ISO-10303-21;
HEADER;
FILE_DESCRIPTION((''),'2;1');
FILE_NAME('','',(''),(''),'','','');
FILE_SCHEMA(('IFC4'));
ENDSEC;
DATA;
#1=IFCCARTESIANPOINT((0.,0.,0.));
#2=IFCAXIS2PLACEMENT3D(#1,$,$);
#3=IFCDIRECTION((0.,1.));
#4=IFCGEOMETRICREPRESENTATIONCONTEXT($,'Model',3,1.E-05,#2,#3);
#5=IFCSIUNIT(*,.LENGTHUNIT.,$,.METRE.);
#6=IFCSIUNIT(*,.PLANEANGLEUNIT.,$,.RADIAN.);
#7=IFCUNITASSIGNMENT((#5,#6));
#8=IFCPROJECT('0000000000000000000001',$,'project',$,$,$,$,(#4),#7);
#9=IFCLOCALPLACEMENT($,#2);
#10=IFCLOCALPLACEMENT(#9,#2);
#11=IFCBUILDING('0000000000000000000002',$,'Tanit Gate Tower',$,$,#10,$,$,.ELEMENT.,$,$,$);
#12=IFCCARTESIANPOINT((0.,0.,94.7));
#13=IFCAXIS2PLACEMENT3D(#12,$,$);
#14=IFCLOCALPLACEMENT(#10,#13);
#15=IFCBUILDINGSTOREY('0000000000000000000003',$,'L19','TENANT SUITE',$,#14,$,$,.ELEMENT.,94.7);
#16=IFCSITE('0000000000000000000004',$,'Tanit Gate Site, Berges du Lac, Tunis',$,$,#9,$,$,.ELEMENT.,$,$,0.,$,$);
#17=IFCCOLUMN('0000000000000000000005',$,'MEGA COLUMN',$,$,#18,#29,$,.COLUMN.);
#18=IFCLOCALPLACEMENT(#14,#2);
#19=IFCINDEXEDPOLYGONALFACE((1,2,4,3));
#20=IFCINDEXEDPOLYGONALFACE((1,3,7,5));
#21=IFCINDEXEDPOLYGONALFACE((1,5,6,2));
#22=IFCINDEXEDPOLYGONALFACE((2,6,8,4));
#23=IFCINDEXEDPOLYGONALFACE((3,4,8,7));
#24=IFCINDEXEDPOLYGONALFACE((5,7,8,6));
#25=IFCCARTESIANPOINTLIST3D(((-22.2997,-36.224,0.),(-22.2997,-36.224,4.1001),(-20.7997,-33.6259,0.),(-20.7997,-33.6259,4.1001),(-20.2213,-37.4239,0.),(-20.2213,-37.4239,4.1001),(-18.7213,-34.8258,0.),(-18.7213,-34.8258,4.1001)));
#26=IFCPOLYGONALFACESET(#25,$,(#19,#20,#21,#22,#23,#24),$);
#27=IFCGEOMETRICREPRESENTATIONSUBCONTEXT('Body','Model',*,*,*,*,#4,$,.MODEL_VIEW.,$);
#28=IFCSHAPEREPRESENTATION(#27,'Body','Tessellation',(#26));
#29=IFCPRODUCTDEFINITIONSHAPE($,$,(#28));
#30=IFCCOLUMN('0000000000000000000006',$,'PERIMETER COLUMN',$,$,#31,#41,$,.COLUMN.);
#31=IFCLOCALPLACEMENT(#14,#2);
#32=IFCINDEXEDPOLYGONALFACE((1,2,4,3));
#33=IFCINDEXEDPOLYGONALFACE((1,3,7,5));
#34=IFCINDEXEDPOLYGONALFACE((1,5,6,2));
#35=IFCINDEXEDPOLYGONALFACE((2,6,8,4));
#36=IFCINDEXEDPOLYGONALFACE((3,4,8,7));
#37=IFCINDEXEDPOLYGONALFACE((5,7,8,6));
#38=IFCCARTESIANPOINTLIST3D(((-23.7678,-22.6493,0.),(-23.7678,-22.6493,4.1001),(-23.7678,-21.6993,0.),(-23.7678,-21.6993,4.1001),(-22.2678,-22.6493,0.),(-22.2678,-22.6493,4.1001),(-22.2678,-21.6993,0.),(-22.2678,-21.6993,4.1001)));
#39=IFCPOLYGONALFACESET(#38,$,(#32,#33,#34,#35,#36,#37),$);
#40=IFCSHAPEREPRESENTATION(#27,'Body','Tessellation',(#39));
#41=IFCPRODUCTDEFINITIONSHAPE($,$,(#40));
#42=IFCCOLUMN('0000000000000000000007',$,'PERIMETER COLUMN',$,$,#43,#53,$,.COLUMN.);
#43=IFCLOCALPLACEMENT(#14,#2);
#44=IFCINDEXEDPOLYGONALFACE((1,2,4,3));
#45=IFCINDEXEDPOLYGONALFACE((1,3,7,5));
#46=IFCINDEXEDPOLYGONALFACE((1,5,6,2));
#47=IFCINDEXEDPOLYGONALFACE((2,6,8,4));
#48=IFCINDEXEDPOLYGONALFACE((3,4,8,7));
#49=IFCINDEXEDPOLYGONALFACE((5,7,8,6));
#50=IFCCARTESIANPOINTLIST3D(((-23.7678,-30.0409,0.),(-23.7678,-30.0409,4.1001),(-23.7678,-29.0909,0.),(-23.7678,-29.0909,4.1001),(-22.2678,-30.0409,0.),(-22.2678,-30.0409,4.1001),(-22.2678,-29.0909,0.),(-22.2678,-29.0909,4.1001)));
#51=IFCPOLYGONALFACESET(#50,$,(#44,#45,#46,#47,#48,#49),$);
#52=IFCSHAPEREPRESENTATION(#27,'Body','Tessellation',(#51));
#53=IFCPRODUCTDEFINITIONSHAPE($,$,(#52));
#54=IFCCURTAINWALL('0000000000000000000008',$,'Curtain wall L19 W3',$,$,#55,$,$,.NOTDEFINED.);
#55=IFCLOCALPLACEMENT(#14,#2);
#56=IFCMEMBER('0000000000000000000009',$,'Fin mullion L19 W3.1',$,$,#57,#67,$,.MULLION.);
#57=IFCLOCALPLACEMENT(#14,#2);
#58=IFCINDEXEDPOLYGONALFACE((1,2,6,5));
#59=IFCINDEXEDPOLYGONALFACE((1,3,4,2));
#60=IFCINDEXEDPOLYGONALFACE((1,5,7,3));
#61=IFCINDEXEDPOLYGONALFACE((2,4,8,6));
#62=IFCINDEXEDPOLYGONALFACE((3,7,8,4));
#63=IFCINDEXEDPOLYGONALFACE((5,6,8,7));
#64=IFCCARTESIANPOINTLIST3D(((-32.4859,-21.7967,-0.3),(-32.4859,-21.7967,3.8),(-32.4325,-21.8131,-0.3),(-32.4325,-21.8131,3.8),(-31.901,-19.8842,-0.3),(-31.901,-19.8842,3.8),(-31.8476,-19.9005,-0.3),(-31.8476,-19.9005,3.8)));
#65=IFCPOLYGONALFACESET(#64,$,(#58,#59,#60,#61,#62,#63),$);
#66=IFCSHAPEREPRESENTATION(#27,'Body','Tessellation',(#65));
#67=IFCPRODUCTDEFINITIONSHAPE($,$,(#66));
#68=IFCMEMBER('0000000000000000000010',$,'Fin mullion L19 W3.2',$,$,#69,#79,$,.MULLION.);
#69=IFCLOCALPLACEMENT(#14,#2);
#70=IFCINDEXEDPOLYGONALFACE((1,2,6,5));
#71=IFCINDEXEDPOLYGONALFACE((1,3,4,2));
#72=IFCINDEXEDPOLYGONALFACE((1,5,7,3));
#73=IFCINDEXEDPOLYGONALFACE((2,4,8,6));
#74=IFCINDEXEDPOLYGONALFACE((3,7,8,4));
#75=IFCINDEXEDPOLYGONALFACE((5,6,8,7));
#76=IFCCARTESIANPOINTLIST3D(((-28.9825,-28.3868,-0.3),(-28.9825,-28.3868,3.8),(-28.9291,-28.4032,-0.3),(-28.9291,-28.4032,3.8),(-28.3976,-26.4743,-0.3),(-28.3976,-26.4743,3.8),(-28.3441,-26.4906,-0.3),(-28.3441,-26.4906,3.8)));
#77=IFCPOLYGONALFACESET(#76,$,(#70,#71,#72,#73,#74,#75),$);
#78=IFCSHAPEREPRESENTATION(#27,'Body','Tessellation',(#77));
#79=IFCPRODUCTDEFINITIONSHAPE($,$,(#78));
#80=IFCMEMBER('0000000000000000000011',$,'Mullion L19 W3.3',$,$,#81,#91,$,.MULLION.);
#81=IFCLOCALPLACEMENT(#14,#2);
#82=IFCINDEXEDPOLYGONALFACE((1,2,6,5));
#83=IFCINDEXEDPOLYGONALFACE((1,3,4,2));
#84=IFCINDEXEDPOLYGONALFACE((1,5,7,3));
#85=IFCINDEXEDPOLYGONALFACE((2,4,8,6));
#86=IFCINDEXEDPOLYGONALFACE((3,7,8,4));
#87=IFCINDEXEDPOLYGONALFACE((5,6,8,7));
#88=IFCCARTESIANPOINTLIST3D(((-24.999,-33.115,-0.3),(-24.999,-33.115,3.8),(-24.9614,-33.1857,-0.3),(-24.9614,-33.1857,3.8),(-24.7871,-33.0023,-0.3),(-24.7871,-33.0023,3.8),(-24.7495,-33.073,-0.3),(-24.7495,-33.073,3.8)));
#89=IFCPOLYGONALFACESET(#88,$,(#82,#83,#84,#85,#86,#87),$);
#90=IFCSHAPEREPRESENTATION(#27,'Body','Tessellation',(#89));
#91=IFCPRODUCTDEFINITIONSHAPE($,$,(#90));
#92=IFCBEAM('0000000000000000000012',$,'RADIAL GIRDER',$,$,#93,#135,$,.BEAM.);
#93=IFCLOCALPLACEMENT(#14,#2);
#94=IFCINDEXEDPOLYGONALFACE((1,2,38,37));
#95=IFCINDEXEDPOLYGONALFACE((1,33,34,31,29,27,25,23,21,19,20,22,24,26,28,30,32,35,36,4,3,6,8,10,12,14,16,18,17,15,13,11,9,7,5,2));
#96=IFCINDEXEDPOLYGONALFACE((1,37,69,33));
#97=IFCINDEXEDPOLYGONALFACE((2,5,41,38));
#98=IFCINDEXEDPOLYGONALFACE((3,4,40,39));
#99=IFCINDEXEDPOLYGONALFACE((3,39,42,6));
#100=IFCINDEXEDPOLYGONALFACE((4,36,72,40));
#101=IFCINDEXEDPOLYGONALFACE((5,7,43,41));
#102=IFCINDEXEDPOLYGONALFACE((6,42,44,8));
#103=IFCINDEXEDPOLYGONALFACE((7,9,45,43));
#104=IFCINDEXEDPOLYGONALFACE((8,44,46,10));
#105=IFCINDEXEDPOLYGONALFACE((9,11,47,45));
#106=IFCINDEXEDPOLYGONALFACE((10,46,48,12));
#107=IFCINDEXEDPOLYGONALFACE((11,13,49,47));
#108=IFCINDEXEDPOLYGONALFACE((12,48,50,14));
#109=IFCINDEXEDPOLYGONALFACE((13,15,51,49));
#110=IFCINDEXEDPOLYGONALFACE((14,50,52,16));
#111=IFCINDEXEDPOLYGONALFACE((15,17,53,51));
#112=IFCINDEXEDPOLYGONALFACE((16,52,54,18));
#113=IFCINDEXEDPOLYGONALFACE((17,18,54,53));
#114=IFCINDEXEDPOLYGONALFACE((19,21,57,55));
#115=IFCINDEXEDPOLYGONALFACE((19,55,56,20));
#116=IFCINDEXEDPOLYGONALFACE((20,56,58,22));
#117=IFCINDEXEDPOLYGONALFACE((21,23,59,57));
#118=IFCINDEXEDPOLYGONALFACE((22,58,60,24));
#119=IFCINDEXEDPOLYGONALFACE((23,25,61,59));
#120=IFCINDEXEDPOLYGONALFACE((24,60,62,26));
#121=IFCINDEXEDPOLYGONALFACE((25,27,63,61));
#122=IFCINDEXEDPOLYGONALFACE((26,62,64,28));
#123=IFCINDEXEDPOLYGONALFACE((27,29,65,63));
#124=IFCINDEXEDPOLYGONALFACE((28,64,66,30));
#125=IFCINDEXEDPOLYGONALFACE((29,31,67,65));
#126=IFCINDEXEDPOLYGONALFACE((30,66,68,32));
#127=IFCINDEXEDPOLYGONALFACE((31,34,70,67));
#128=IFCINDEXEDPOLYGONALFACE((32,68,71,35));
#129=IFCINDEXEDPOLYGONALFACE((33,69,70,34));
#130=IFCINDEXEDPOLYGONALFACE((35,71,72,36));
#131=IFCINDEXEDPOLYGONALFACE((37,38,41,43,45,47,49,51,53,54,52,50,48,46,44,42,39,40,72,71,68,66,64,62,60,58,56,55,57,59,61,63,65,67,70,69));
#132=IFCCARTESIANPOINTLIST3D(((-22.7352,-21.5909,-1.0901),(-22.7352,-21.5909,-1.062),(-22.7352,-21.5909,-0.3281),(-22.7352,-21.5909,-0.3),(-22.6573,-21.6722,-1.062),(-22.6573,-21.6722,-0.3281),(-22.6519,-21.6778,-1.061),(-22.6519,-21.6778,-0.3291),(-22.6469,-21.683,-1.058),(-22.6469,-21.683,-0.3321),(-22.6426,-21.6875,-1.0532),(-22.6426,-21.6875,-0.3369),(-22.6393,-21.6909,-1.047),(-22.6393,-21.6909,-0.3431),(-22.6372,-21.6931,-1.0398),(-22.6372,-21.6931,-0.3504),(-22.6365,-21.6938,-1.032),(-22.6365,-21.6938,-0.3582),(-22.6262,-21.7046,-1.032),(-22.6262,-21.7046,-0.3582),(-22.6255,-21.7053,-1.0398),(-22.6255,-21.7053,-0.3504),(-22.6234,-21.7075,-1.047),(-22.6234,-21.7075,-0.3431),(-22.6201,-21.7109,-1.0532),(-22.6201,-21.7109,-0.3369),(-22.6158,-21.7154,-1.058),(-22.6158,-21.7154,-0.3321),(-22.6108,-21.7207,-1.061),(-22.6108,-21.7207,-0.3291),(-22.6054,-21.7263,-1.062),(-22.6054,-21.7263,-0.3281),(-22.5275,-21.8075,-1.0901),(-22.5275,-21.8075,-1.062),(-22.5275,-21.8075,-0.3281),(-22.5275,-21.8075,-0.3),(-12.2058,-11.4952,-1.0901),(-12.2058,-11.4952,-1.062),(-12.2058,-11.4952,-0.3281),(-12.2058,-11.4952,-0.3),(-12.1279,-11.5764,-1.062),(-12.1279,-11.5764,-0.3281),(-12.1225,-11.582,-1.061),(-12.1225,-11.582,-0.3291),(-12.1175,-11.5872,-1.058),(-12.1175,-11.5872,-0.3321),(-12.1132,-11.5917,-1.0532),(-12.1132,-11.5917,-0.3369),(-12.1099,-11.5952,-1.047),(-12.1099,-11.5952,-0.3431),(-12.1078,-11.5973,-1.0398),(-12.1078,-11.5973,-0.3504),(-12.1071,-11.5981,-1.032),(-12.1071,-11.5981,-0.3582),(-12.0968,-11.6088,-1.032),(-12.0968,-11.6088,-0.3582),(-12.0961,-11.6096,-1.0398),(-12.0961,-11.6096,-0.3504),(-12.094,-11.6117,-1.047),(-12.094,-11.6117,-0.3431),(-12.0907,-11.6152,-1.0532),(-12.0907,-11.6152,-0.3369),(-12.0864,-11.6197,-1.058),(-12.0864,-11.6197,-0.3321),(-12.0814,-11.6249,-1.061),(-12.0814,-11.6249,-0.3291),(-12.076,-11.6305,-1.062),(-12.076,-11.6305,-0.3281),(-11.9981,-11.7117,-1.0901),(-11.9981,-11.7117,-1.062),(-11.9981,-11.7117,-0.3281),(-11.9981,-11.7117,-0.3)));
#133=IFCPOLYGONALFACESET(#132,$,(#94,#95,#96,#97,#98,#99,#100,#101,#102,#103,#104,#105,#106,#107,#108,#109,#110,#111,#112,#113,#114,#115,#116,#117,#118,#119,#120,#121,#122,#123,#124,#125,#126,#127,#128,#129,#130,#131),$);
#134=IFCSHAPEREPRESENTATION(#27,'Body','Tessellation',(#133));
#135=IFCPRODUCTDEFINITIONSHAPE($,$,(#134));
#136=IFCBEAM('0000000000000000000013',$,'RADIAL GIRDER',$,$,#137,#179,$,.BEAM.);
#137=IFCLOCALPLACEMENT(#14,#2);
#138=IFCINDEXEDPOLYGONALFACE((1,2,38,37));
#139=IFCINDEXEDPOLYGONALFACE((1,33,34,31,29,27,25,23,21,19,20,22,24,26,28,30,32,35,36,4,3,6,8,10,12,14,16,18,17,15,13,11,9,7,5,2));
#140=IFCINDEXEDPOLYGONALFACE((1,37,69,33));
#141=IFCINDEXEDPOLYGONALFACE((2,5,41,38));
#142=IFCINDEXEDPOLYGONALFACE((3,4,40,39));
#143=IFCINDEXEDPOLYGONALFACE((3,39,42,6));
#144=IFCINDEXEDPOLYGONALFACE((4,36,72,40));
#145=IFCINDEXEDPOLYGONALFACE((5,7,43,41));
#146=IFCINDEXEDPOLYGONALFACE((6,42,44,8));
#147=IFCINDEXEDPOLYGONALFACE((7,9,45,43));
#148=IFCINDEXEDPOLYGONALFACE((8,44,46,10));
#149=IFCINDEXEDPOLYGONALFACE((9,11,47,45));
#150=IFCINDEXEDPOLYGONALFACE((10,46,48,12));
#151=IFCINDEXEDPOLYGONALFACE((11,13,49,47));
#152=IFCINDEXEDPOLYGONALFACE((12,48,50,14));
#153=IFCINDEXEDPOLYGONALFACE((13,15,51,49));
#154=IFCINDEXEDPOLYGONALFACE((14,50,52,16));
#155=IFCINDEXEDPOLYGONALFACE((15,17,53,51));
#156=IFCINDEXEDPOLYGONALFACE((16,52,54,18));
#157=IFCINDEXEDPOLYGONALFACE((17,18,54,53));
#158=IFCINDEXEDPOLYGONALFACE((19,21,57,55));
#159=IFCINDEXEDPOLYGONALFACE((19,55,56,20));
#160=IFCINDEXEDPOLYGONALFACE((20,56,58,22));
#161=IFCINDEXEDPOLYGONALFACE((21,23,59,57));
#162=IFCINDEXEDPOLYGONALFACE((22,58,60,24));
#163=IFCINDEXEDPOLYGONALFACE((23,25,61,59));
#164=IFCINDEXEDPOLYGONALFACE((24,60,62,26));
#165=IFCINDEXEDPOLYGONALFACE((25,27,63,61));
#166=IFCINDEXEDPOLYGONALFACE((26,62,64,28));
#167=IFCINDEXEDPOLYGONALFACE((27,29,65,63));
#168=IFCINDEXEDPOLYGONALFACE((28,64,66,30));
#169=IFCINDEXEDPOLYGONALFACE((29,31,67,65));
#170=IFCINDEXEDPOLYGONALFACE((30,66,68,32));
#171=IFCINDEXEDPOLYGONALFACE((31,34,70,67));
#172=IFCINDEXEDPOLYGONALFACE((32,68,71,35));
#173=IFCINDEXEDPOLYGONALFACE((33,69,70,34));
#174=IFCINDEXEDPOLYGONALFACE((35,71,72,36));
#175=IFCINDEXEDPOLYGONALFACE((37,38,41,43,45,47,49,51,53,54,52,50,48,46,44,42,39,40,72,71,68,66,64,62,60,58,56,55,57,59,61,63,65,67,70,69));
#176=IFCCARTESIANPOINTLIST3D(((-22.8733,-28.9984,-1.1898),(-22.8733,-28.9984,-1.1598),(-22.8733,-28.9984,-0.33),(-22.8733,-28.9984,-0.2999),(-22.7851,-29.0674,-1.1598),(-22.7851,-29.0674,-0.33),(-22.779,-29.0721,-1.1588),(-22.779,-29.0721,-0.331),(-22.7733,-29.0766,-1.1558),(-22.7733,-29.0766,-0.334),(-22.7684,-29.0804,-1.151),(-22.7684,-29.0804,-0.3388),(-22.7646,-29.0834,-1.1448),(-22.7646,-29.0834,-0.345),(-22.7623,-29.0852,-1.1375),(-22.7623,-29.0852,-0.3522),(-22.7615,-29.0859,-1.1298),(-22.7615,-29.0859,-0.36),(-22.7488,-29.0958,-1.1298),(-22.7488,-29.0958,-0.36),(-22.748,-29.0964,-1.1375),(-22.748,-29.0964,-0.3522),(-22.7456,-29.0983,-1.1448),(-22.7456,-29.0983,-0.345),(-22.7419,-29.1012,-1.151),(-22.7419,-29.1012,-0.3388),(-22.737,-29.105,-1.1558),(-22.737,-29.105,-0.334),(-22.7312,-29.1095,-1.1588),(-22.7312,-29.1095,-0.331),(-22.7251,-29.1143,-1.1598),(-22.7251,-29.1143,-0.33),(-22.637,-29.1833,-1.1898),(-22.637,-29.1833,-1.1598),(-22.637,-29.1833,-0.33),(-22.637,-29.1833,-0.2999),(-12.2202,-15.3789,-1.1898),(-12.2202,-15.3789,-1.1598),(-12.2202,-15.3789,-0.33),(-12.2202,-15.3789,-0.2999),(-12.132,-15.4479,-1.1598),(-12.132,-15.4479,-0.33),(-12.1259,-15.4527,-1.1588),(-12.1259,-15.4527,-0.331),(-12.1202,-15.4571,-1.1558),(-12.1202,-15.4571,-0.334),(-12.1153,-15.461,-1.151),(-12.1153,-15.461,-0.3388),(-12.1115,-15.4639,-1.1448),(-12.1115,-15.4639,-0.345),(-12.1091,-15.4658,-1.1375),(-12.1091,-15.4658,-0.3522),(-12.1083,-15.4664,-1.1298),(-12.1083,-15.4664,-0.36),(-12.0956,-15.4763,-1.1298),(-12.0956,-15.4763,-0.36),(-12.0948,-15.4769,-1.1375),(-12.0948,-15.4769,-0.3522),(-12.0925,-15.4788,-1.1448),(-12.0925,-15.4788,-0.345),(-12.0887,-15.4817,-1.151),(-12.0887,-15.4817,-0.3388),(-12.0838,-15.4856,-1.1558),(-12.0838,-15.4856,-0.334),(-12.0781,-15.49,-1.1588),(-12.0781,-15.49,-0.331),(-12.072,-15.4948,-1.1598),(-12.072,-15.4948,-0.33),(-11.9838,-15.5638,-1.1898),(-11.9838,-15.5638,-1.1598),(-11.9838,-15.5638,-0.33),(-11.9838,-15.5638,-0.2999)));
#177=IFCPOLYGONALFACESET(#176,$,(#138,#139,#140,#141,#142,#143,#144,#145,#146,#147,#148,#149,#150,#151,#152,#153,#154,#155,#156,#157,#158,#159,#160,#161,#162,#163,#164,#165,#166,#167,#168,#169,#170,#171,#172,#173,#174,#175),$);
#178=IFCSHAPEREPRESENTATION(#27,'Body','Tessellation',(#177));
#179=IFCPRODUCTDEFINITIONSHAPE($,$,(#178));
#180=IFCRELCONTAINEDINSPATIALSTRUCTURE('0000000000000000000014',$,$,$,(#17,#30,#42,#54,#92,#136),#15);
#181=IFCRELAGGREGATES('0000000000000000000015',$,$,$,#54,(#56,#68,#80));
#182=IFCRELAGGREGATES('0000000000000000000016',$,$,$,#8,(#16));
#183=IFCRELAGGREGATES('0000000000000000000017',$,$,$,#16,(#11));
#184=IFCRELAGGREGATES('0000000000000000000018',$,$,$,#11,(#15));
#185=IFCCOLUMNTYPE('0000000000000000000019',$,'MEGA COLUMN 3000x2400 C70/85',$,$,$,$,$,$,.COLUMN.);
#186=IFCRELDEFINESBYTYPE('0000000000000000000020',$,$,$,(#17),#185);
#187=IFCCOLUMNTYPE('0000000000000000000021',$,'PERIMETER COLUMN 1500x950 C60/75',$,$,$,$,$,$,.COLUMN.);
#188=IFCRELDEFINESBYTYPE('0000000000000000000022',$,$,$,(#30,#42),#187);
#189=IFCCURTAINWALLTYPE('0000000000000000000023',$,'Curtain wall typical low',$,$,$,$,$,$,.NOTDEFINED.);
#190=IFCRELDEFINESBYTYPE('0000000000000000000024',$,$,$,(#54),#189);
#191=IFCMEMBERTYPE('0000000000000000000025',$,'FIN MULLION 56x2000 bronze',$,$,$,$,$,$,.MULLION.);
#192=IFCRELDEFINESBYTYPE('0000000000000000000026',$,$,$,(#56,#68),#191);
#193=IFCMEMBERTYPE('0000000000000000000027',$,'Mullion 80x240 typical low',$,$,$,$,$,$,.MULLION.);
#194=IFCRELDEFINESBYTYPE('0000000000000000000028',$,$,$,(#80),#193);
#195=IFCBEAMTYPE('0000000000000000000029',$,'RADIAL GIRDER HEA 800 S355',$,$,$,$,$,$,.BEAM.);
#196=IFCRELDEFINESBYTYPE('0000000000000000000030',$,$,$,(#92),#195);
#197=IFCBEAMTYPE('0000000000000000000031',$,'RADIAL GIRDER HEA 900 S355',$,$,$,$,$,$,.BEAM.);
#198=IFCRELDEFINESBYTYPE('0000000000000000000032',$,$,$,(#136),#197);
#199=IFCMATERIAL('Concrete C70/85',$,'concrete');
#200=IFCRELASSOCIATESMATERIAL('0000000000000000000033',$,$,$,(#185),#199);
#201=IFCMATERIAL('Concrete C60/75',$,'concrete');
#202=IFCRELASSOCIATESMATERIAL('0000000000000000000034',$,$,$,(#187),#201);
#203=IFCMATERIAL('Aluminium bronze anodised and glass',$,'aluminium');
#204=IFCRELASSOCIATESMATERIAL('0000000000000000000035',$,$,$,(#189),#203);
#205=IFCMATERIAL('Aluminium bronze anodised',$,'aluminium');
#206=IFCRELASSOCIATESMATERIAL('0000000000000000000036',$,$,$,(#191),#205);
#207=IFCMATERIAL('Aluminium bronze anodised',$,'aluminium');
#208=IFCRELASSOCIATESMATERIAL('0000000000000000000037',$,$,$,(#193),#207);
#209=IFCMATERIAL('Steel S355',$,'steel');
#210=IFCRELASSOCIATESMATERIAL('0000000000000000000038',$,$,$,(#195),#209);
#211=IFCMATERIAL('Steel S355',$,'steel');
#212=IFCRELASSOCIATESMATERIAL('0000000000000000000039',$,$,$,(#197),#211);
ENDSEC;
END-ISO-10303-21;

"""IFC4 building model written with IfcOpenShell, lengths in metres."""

from ifc_helpers import new_model, si_unit, direction, frame, origin, origin_2d, place, context, subcontext, project, spatial, rectangle, i_section, extrude, material, material_profile, profile_set, type_object, element, aggregate, save


model = new_model("IFC4")

# Units and contexts
model_context = context("Model", 3, precision=1e-05, world=origin(), true_north=direction((0.0, 1.0)))
body_context = subcontext(model_context, "Body", "Model", "MODEL_VIEW")
ifc_project = project(units=[si_unit("LENGTHUNIT", "METRE"), si_unit("PLANEANGLEUNIT", "RADIAN")], contexts=[model_context])

# Site, building, storey
site_placement = place(None, origin())
site = spatial("IfcSite", under=ifc_project, at=site_placement, Name="Tanit Gate Site, Berges du Lac, Tunis", CompositionType="ELEMENT", RefElevation=0.0)
building_placement = place(site_placement, origin())
building = spatial("IfcBuilding", under=site, at=building_placement, Name="Tanit Gate Tower", CompositionType="ELEMENT")
storey_placement = place(building_placement, frame((0.0, 0.0, 94.7)))
storey = spatial("IfcBuildingStorey", under=building, at=storey_placement, Name="L19", Description="TENANT SUITE", CompositionType="ELEMENT", Elevation=94.7)

# Columns
ifc_material_1 = material(Name="Concrete C70/85", Category="concrete")
ifc_material_profile_1 = material_profile(ifc_material_1, rectangle(XDim=3.0, YDim=2.3999, at=origin_2d()), Name="RC 3000x2400")
ifc_profile_set_1 = profile_set([ifc_material_profile_1], Name="Concrete C70/85")
column_type_1 = type_object("IfcColumnType", Name="MEGA COLUMN 3000x2400 C70/85", PredefinedType="COLUMN", material=ifc_profile_set_1)
column_placement = place(storey_placement, frame((-20.5105, -35.5249, 0.0), z_axis=(0.0, 0.0, 1.0), x_axis=(-0.5, -0.866025, 0.0)))
element("IfcColumn", 1, at=column_placement, inside=storey, type_object=column_type_1, Name="MEGA COLUMN", PredefinedType="COLUMN", context=body_context, shape_type="SweptSolid", body=[
    extrude(rectangle(XDim=3.0, YDim=2.3999, at=origin_2d()), origin(), (0.0, 0.0, 1.0), 4.1001),
])
ifc_material_2 = material(Name="Concrete C60/75", Category="concrete")
ifc_material_profile_2 = material_profile(ifc_material_2, rectangle(XDim=1.5, YDim=0.95, at=origin_2d()), Name="RC 1500x950")
ifc_profile_set_2 = profile_set([ifc_material_profile_2], Name="Concrete C60/75")
column_type_2 = type_object("IfcColumnType", Name="PERIMETER COLUMN 1500x950 C60/75", PredefinedType="COLUMN", material=ifc_profile_set_2)
for number, where, z_axis, x_axis, name in (
    (2, (-23.0178, -22.1743, 0.0), (0.0, 0.0, 1.0), (-1.0, 0.0, 0.0), "PERIMETER COLUMN"),
    (3, (-23.0178, -29.5659, 0.0), (0.0, 0.0, 1.0), (-1.0, 0.0, 0.0), "PERIMETER COLUMN"),
):
    element("IfcColumn", number, at=place(storey_placement, frame(where, z_axis=z_axis, x_axis=x_axis)), inside=storey, type_object=column_type_2, Name=name, PredefinedType="COLUMN", context=body_context, shape_type="SweptSolid", body=[
        extrude(rectangle(XDim=1.5, YDim=0.95, at=origin_2d()), origin(), (0.0, 0.0, 1.0), 4.1001),
    ])

# Curtain wall, members
ifc_material_3 = material(Name="Aluminium bronze anodised and glass", Category="aluminium")
curtain_wall_type = type_object("IfcCurtainWallType", Name="Curtain wall typical low", PredefinedType="NOTDEFINED", material=ifc_material_3)
curtain_wall_placement = place(storey_placement, origin())
curtain_wall = element("IfcCurtainWall", 4, at=curtain_wall_placement, inside=storey, type_object=curtain_wall_type, Name="Curtain wall L19 W3", PredefinedType="NOTDEFINED")
ifc_material_4 = material(Name="Aluminium bronze anodised", Category="aluminium")
ifc_material_profile_3 = material_profile(ifc_material_4, rectangle(XDim=2.0, YDim=0.0559, at=origin_2d()), Name="56x2000 bronze fin mullion")
ifc_profile_set_3 = profile_set([ifc_material_profile_3], Name="Aluminium bronze anodised")
member_type_1 = type_object("IfcMemberType", Name="FIN MULLION 56x2000 bronze", PredefinedType="MULLION", material=ifc_profile_set_3)
member_1_placement = place(storey_placement, frame((-32.1667, -20.8486, -0.3), z_axis=(0.0, 0.0, 1.0), x_axis=(0.292454, 0.95628, 0.0)))
member_1 = element("IfcMember", 5, at=member_1_placement, type_object=member_type_1, Name="Fin mullion L19 W3.1", PredefinedType="MULLION", context=body_context, shape_type="SweptSolid", body=[
    extrude(rectangle(XDim=2.0, YDim=0.0559, at=origin_2d()), origin(), (0.0, 0.0, 1.0), 4.1001),
])
member_2_placement = place(storey_placement, frame((-28.6633, -27.4387, -0.3), z_axis=(0.0, 0.0, 1.0), x_axis=(0.292454, 0.95628, 0.0)))
member_2 = element("IfcMember", 6, at=member_2_placement, type_object=member_type_1, Name="Fin mullion L19 W3.2", PredefinedType="MULLION", context=body_context, shape_type="SweptSolid", body=[
    extrude(rectangle(XDim=2.0, YDim=0.0559, at=origin_2d()), origin(), (0.0, 0.0, 1.0), 4.1001),
])
ifc_material_5 = material(Name="Aluminium bronze anodised", Category="aluminium")
ifc_material_profile_4 = material_profile(ifc_material_5, rectangle(XDim=0.24, YDim=0.0801, at=origin_2d()), Name="80x240 bronze mullion")
ifc_profile_set_4 = profile_set([ifc_material_profile_4], Name="Aluminium bronze anodised")
member_type_2 = type_object("IfcMemberType", Name="Mullion 80x240 typical low", PredefinedType="MULLION", material=ifc_profile_set_4)
member_3_placement = place(storey_placement, frame((-24.8743, -33.094, -0.3), z_axis=(0.0, 0.0, 1.0), x_axis=(0.882988, 0.469396, 0.0)))
member_3 = element("IfcMember", 7, at=member_3_placement, type_object=member_type_2, Name="Mullion L19 W3.3", PredefinedType="MULLION", context=body_context, shape_type="SweptSolid", body=[
    extrude(rectangle(XDim=0.24, YDim=0.0801, at=origin_2d()), origin(), (0.0, 0.0, 1.0), 4.1001),
])

# Beams
ifc_material_6 = material(Name="Steel S355", Category="steel")
ifc_material_profile_5 = material_profile(ifc_material_6, i_section(OverallWidth=0.3, OverallDepth=0.79, WebThickness=0.0149, FlangeThickness=0.0281, FilletRadius=0.03, at=origin_2d()), Name="HEA 800")
ifc_profile_set_5 = profile_set([ifc_material_profile_5], Name="Steel S355")
beam_type_1 = type_object("IfcBeamType", Name="RADIAL GIRDER HEA 800 S355", PredefinedType="BEAM", material=ifc_profile_set_5)
beam_1_placement = place(storey_placement, frame((-22.6313, -21.6992, -0.6951), z_axis=(0.721813, 0.692089, 0.0), x_axis=(-0.692089, 0.721813, 0.0)))
element("IfcBeam", 8, at=beam_1_placement, inside=storey, type_object=beam_type_1, Name="RADIAL GIRDER", PredefinedType="BEAM", context=body_context, shape_type="SweptSolid", body=[
    extrude(i_section(OverallWidth=0.3, OverallDepth=0.79, WebThickness=0.0149, FlangeThickness=0.0281, FilletRadius=0.03, at=origin_2d()), origin(), (0.0, 0.0, 1.0), 14.5874),
])
ifc_material_7 = material(Name="Steel S355", Category="steel")
ifc_material_profile_6 = material_profile(ifc_material_7, i_section(OverallWidth=0.3, OverallDepth=0.8899, WebThickness=0.0161, FlangeThickness=0.03, FilletRadius=0.03, at=origin_2d()), Name="HEA 900")
ifc_profile_set_6 = profile_set([ifc_material_profile_6], Name="Steel S355")
beam_type_2 = type_object("IfcBeamType", Name="RADIAL GIRDER HEA 900 S355", PredefinedType="BEAM", material=ifc_profile_set_6)
beam_2_placement = place(storey_placement, frame((-22.7551, -29.0908, -0.7449), z_axis=(0.616108, 0.787661, 0.0), x_axis=(-0.787661, 0.616108, 0.0)))
element("IfcBeam", 9, at=beam_2_placement, inside=storey, type_object=beam_type_2, Name="RADIAL GIRDER", PredefinedType="BEAM", context=body_context, shape_type="SweptSolid", body=[
    extrude(i_section(OverallWidth=0.3, OverallDepth=0.8899, WebThickness=0.0161, FlangeThickness=0.03, FilletRadius=0.03, at=origin_2d()), origin(), (0.0, 0.0, 1.0), 17.291),
])

aggregate(curtain_wall, [member_1, member_2, member_3])

save(model, "model.ifc")
